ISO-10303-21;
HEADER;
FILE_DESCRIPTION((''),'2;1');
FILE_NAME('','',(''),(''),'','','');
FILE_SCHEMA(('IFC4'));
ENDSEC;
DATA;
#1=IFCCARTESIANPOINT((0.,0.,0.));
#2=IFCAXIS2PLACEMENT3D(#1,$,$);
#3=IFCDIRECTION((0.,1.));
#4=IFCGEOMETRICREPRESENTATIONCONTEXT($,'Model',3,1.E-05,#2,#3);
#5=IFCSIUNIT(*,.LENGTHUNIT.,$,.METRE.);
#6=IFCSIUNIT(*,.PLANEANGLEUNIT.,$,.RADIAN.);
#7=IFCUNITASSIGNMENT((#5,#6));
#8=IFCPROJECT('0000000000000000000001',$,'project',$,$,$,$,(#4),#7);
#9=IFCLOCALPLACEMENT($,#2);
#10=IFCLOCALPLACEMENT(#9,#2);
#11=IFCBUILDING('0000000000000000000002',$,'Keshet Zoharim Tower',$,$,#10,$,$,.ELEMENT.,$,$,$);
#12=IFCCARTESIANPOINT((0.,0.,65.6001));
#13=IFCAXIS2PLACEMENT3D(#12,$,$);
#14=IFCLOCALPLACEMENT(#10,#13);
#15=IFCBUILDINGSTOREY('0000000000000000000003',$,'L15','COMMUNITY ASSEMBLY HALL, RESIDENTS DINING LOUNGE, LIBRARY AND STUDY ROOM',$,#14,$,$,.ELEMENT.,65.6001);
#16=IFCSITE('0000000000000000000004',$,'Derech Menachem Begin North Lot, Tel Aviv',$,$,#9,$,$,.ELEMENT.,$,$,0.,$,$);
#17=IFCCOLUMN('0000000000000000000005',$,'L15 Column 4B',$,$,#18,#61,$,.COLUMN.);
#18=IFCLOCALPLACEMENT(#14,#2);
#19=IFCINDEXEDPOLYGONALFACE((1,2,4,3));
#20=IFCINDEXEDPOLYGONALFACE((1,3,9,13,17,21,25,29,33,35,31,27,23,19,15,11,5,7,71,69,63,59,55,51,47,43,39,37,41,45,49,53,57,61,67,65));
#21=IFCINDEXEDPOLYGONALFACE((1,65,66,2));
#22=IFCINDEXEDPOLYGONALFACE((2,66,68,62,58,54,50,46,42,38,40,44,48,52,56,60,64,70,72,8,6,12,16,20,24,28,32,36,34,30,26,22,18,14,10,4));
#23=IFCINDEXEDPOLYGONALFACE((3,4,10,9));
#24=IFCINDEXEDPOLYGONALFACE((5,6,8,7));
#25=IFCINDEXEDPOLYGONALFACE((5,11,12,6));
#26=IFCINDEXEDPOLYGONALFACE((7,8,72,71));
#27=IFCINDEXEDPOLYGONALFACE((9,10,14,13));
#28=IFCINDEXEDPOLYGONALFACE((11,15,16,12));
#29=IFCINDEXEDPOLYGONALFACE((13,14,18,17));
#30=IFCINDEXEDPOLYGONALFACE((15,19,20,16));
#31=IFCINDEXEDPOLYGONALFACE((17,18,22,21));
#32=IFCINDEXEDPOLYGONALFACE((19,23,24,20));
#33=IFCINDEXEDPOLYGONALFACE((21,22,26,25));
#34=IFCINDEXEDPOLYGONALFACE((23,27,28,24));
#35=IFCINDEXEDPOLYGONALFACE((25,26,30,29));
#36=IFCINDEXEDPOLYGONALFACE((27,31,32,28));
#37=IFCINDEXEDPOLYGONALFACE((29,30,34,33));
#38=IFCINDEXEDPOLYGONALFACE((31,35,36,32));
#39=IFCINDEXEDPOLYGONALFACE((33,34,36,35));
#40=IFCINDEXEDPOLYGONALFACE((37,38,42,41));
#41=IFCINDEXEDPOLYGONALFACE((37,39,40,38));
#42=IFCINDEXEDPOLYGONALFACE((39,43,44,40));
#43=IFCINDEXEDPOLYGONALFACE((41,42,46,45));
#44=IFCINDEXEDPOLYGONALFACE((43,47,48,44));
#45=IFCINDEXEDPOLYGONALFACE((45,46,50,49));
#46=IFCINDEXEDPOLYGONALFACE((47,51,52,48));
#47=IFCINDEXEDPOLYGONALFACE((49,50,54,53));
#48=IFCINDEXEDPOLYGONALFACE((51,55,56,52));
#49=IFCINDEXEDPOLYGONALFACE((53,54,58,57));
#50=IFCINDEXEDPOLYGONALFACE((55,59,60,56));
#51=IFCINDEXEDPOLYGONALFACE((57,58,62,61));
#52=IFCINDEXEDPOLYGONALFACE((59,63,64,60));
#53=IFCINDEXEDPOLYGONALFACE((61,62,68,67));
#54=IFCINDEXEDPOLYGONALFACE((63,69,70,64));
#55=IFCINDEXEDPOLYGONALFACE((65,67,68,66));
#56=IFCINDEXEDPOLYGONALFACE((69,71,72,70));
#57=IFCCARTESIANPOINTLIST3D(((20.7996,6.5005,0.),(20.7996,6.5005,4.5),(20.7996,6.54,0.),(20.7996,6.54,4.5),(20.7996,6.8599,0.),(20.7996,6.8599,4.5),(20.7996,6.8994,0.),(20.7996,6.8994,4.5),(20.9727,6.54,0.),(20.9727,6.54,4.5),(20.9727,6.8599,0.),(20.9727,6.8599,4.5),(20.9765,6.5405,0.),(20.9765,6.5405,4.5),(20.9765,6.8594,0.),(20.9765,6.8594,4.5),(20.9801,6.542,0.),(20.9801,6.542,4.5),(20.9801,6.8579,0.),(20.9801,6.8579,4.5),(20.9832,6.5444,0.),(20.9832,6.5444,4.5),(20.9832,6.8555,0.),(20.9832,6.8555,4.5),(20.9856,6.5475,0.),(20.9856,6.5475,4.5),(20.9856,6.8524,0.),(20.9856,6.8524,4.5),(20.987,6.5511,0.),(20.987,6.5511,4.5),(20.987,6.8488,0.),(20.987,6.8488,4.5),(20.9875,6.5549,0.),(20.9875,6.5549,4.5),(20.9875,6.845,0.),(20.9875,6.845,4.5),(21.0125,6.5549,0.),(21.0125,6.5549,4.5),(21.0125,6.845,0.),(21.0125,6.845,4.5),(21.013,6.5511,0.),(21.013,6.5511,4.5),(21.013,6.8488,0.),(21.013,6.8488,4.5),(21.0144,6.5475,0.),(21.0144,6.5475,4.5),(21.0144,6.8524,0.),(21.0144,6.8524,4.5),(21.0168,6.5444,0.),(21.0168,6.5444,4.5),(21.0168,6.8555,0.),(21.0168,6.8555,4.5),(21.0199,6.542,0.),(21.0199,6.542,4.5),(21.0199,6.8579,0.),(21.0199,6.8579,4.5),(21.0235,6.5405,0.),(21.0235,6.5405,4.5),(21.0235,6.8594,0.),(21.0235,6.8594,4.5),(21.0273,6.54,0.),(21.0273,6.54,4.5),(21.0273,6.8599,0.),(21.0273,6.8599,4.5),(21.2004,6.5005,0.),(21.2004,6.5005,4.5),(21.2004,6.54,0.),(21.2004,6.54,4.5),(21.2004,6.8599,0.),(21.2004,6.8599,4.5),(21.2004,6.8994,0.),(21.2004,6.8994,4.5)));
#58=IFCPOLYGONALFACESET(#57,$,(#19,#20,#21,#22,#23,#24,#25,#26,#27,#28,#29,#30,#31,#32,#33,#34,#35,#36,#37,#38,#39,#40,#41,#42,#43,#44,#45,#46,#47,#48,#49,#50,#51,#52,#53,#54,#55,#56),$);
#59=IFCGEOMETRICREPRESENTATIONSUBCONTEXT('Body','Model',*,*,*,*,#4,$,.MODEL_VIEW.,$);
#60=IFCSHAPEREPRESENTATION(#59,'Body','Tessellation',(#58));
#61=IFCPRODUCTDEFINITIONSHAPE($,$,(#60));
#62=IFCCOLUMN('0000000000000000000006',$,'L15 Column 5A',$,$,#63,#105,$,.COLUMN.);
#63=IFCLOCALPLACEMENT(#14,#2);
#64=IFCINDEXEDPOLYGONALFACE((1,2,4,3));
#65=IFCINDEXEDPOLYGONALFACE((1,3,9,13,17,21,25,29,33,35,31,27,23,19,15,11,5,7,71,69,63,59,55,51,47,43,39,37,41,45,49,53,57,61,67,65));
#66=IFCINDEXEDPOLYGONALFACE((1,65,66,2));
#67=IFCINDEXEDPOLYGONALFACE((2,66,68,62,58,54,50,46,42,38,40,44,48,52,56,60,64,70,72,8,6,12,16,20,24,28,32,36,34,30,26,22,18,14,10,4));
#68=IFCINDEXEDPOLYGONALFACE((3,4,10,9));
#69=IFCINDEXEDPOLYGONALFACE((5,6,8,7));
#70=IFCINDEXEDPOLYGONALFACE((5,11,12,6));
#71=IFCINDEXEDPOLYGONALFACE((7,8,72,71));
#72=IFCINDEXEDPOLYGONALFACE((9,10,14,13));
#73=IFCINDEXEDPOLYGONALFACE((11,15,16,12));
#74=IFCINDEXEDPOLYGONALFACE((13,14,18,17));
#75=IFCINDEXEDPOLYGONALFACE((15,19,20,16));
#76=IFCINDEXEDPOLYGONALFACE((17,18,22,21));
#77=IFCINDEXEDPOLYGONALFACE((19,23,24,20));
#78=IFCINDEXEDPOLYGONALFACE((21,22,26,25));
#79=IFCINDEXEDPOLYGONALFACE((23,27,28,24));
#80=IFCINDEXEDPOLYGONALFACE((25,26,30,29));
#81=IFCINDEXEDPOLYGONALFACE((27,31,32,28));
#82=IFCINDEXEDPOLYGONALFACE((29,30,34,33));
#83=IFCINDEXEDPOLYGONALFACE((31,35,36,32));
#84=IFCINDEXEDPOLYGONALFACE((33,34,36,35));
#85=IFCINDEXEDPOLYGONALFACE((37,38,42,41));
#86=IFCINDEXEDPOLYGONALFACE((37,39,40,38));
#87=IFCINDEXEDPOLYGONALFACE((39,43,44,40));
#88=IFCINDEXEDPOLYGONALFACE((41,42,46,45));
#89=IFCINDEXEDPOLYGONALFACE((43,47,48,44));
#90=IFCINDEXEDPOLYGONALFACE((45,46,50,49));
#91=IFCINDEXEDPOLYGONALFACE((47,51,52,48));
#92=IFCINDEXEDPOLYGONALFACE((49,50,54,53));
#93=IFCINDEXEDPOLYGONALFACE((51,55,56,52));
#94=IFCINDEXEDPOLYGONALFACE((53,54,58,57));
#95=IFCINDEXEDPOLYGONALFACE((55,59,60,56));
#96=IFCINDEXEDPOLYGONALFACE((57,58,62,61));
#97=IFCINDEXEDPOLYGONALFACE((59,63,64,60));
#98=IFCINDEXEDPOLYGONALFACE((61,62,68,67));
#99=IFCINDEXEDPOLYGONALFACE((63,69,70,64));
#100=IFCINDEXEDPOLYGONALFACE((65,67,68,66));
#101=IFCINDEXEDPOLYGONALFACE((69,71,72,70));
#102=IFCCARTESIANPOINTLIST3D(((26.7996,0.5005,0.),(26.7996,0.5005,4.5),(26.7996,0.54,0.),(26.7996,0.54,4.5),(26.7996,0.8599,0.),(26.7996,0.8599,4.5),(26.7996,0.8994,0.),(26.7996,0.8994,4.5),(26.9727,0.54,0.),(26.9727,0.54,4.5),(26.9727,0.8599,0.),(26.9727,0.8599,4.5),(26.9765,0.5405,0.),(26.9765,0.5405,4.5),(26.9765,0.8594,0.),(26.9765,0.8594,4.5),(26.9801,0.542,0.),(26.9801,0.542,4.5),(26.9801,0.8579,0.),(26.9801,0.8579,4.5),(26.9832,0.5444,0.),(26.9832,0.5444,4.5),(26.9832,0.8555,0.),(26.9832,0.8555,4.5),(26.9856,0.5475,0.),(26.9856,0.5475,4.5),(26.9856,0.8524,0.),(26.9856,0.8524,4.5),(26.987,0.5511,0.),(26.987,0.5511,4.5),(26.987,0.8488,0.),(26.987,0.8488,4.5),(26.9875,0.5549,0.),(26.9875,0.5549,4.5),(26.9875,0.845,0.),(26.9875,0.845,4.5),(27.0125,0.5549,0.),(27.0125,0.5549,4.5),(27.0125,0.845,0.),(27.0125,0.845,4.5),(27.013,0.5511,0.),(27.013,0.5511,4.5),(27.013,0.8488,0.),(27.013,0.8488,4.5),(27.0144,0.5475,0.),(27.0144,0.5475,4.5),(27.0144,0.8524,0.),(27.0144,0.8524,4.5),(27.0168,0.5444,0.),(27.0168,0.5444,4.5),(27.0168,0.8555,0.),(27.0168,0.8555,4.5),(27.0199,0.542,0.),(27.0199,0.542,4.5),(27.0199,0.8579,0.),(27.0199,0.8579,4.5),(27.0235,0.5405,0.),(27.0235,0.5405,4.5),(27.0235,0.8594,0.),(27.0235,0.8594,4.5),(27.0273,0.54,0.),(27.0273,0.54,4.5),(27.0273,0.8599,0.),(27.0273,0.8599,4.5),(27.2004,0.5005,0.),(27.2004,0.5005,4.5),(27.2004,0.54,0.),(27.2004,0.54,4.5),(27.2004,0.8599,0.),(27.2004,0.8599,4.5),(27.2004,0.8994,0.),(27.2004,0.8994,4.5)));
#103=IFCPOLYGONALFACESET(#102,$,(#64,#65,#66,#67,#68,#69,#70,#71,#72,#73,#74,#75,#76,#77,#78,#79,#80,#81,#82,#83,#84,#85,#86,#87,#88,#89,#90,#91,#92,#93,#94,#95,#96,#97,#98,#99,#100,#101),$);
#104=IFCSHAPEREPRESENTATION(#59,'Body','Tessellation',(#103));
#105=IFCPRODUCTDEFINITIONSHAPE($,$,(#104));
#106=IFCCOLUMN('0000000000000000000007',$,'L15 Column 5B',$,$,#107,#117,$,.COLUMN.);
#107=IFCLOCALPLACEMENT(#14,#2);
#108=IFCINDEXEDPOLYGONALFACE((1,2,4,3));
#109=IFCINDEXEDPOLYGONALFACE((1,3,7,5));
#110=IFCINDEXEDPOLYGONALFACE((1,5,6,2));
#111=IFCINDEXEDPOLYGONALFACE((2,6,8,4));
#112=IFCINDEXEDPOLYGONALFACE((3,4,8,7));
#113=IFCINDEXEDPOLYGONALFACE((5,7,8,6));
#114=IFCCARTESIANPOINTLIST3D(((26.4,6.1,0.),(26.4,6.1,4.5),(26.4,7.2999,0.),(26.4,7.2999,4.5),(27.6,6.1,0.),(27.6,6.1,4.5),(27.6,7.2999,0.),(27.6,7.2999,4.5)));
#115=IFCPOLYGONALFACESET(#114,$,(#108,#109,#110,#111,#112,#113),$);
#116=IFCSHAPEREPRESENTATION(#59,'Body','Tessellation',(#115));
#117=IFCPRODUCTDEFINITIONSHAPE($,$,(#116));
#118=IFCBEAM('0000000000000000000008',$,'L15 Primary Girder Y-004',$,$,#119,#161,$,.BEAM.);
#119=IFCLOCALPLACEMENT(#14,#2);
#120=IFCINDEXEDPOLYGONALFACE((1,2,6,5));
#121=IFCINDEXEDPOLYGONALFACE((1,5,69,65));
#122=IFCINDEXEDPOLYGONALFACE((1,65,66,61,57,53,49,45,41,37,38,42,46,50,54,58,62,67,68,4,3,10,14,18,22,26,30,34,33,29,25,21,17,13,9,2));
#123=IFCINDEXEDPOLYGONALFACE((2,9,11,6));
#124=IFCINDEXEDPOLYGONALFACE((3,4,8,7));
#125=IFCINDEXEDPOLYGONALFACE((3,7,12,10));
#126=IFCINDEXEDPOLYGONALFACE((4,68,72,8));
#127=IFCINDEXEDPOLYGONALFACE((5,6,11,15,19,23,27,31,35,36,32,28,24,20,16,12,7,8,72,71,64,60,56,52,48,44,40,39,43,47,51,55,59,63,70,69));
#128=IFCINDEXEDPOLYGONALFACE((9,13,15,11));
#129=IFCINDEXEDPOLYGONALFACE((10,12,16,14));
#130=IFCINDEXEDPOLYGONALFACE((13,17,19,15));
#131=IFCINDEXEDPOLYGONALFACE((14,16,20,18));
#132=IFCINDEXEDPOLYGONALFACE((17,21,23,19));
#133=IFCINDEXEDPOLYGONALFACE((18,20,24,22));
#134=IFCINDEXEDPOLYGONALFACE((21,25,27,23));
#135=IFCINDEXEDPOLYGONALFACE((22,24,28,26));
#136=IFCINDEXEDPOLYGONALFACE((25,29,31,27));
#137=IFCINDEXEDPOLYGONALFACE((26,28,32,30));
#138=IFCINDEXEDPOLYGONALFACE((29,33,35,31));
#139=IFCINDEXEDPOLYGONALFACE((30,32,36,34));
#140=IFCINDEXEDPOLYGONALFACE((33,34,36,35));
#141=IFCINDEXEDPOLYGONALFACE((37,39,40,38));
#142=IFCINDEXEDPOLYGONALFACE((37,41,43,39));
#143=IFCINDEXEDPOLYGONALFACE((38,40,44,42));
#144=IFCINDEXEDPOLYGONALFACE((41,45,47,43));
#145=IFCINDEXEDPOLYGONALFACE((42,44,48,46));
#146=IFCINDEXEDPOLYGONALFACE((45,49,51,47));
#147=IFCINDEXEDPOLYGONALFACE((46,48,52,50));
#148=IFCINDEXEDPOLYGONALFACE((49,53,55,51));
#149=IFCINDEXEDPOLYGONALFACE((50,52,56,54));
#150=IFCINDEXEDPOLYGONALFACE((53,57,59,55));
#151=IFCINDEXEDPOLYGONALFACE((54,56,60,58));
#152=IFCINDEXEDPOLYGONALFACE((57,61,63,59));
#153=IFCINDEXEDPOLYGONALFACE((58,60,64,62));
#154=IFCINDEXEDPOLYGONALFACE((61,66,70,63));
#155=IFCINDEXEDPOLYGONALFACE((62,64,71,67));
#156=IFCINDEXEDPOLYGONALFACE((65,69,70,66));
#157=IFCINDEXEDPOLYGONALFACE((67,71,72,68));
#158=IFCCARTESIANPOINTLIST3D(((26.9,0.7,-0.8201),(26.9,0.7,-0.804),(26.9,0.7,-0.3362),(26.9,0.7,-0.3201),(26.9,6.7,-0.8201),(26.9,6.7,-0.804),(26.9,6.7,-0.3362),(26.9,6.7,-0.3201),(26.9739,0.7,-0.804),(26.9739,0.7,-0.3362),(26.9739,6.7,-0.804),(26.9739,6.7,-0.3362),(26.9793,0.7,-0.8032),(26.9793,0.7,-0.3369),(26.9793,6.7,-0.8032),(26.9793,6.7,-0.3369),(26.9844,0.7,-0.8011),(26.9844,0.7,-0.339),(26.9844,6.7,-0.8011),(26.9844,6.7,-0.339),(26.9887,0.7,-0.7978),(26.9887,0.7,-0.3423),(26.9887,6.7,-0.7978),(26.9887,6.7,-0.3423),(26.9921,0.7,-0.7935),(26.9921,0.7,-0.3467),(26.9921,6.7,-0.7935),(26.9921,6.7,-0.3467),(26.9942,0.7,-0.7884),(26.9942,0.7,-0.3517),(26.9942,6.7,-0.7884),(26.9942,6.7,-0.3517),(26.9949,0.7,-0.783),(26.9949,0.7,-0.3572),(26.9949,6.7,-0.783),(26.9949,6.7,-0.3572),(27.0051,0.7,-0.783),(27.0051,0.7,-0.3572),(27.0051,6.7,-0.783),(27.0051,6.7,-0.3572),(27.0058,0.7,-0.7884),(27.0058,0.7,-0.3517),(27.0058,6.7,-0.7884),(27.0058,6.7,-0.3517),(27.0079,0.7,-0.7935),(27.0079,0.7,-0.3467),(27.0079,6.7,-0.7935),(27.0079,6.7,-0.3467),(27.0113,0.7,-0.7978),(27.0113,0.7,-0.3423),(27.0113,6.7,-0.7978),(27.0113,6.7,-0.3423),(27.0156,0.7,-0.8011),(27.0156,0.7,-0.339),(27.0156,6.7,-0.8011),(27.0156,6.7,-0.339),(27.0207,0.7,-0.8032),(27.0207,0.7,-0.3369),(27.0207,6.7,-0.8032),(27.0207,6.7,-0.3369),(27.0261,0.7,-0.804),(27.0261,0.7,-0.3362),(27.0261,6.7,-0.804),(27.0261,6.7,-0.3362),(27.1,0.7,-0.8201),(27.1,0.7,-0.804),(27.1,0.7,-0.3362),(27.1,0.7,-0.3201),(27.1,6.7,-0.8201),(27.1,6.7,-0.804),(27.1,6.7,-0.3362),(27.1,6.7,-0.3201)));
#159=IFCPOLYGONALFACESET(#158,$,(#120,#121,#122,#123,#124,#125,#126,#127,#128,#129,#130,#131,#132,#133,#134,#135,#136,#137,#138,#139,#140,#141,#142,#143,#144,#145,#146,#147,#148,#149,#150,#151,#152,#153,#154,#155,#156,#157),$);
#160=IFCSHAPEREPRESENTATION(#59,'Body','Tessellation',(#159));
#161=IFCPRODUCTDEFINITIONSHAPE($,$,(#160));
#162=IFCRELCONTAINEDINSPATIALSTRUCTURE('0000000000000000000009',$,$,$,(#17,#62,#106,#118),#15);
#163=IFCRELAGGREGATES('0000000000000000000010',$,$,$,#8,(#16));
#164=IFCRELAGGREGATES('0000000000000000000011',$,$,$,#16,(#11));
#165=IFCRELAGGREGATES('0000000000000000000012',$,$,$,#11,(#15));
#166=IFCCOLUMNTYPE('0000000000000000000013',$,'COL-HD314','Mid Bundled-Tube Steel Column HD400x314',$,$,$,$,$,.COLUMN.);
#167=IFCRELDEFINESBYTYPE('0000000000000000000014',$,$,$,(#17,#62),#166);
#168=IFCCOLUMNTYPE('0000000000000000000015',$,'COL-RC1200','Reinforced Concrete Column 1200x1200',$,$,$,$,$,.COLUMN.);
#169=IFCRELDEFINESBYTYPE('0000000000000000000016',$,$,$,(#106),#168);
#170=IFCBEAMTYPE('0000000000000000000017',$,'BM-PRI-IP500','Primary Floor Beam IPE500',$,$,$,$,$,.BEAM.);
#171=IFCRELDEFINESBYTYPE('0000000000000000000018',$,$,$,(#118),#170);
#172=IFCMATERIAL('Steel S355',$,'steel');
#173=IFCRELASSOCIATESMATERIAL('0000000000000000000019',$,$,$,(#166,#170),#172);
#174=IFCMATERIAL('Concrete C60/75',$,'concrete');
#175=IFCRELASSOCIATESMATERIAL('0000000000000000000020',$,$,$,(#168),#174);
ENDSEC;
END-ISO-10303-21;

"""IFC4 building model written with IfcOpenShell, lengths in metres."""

from ifc_helpers import new_model, si_unit, direction, frame, origin, origin_2d, place, context, subcontext, project, spatial, rectangle, i_section, extrude, material, material_profile, profile_set, type_object, element, save


model = new_model("IFC4")

# Units and contexts
model_context = context("Model", 3, precision=1e-05, world=origin(), true_north=direction((0.0, 1.0)))
body_context = subcontext(model_context, "Body", "Model", "MODEL_VIEW")
ifc_project = project(units=[si_unit("LENGTHUNIT", "METRE"), si_unit("PLANEANGLEUNIT", "RADIAN")], contexts=[model_context])

# Site, building, storey
site_placement = place(None, origin())
site = spatial("IfcSite", under=ifc_project, at=site_placement, Name="Derech Menachem Begin North Lot, Tel Aviv", CompositionType="ELEMENT", RefElevation=0.0)
building_placement = place(site_placement, origin())
building = spatial("IfcBuilding", under=site, at=building_placement, Name="Keshet Zoharim Tower", CompositionType="ELEMENT")
storey_placement = place(building_placement, frame((0.0, 0.0, 65.6001)))
storey = spatial("IfcBuildingStorey", under=building, at=storey_placement, Name="L15", Description="COMMUNITY ASSEMBLY HALL, RESIDENTS DINING LOUNGE, LIBRARY AND STUDY ROOM", CompositionType="ELEMENT", Elevation=65.6001)

# Columns
ifc_material_1 = material(Name="Steel S355", Category="steel")
ifc_material_profile_1 = material_profile(ifc_material_1, i_section(OverallWidth=0.4009, OverallDepth=0.3989, WebThickness=0.0249, FlangeThickness=0.0396, FilletRadius=0.0149, at=origin_2d()), Name="HD400x314")
ifc_profile_set_1 = profile_set([ifc_material_profile_1], Name="Steel S355")
column_type_1 = type_object("IfcColumnType", Name="COL-HD314", Description="Mid Bundled-Tube Steel Column HD400x314", PredefinedType="COLUMN", material=ifc_profile_set_1)
for number, where, z_axis, x_axis, name in (
    (1, (21.0, 6.7, 0.0), (0.0, 0.0, 1.0), (1.0, 0.0, 0.0), "L15 Column 4B"),
    (2, (27.0, 0.7, 0.0), (0.0, 0.0, 1.0), (1.0, 0.0, 0.0), "L15 Column 5A"),
):
    element("IfcColumn", number, at=place(storey_placement, frame(where, z_axis=z_axis, x_axis=x_axis)), inside=storey, type_object=column_type_1, Name=name, PredefinedType="COLUMN", context=body_context, shape_type="SweptSolid", body=[
        extrude(i_section(OverallWidth=0.4009, OverallDepth=0.3989, WebThickness=0.0249, FlangeThickness=0.0396, FilletRadius=0.0149, at=origin_2d()), origin(), (0.0, 0.0, 1.0), 4.5),
    ])
ifc_material_2 = material(Name="Concrete C60/75", Category="concrete")
ifc_material_profile_2 = material_profile(ifc_material_2, rectangle(XDim=1.2, YDim=1.2, at=origin_2d()), Name="RC1200x1200")
ifc_profile_set_2 = profile_set([ifc_material_profile_2], Name="Concrete C60/75")
column_type_2 = type_object("IfcColumnType", Name="COL-RC1200", Description="Reinforced Concrete Column 1200x1200", PredefinedType="COLUMN", material=ifc_profile_set_2)
column_placement = place(storey_placement, frame((27.0, 6.7, 0.0), z_axis=(0.0, 0.0, 1.0), x_axis=(1.0, 0.0, 0.0)))
element("IfcColumn", 3, at=column_placement, inside=storey, type_object=column_type_2, Name="L15 Column 5B", PredefinedType="COLUMN", context=body_context, shape_type="SweptSolid", body=[
    extrude(rectangle(XDim=1.2, YDim=1.2, at=origin_2d()), origin(), (0.0, 0.0, 1.0), 4.5),
])

# Beam
ifc_material_profile_3 = material_profile(ifc_material_1, i_section(OverallWidth=0.2, OverallDepth=0.5, WebThickness=0.0103, FlangeThickness=0.0161, FilletRadius=0.021, at=origin_2d()), Name="IPE500")
ifc_profile_set_3 = profile_set([ifc_material_profile_3], Name="Steel S355")
beam_type_1 = type_object("IfcBeamType", Name="BM-PRI-IP500", Description="Primary Floor Beam IPE500", PredefinedType="BEAM", material=ifc_profile_set_3)
beam_1_placement = place(storey_placement, frame((27.0, 0.7, -0.5701), z_axis=(0.0, 1.0, 0.0), x_axis=(-1.0, 0.0, 0.0)))
element("IfcBeam", 4, at=beam_1_placement, inside=storey, type_object=beam_type_1, Name="L15 Primary Girder Y-004", PredefinedType="BEAM", context=body_context, shape_type="SweptSolid", body=[
    extrude(i_section(OverallWidth=0.2, OverallDepth=0.5, WebThickness=0.0103, FlangeThickness=0.0161, FilletRadius=0.021, at=origin_2d()), origin(), (0.0, 0.0, 1.0), 6.0),
])

save(model, "model.ifc")
